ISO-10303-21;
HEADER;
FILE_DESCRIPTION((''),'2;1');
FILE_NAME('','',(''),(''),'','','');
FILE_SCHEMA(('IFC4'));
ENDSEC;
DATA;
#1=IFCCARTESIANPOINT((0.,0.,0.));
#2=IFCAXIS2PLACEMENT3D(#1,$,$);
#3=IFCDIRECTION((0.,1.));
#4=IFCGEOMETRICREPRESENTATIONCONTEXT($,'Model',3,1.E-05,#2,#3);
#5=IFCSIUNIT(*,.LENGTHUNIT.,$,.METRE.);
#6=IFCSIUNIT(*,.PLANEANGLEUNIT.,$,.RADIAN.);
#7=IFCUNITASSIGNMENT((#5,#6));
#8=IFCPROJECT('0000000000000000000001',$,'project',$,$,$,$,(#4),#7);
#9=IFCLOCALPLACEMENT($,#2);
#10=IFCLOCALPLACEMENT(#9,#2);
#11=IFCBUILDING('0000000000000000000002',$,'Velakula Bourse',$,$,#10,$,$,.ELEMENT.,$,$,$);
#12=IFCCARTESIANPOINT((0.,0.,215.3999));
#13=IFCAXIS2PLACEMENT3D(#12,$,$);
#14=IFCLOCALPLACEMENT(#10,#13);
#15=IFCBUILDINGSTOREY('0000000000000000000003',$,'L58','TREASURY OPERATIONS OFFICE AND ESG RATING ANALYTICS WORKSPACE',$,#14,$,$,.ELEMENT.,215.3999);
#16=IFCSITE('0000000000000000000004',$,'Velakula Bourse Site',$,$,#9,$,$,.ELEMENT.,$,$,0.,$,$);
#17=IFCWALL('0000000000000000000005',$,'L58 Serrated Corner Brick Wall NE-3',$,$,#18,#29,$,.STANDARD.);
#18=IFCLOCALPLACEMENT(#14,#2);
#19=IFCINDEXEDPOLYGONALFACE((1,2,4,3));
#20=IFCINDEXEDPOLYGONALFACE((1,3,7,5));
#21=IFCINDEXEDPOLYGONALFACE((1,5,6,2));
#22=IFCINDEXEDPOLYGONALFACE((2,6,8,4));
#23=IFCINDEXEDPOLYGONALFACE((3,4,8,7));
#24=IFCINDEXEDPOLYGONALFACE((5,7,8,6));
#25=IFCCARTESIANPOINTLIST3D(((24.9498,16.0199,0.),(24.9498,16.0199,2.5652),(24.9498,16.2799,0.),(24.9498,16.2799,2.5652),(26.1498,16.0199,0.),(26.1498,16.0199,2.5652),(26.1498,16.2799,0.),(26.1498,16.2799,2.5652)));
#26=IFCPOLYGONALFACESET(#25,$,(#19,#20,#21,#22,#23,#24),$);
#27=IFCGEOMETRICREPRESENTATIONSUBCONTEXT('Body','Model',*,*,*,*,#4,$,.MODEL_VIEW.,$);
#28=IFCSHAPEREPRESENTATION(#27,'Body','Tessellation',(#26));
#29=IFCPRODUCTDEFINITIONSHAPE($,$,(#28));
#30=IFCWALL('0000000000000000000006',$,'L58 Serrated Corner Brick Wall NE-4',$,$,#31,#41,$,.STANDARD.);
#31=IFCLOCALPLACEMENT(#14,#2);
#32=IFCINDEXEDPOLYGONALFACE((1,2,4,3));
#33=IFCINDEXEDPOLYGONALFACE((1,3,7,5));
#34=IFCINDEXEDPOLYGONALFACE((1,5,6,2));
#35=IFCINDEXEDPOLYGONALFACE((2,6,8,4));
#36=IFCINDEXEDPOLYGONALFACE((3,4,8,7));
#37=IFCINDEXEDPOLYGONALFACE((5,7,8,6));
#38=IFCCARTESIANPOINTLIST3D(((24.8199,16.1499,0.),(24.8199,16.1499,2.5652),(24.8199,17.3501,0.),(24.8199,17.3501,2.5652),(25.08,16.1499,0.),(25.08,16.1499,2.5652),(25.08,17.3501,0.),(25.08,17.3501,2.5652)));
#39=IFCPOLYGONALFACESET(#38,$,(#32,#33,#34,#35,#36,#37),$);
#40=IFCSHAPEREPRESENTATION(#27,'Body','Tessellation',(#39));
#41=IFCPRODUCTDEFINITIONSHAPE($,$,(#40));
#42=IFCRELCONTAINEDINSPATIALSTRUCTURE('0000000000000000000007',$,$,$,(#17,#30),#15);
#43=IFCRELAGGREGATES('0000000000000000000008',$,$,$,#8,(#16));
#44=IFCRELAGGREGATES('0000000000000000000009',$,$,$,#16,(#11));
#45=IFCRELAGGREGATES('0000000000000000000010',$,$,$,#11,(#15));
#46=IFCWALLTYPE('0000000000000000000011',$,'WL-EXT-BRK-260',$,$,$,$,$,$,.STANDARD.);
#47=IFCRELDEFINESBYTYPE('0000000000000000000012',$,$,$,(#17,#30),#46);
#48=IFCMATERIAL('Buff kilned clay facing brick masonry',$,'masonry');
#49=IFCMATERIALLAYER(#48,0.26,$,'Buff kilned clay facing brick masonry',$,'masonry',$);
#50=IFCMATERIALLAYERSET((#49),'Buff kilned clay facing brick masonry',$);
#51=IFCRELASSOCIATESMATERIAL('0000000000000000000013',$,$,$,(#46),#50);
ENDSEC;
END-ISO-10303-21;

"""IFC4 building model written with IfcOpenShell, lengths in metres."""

from ifc_helpers import new_model, si_unit, direction, frame, frame_2d, origin, place, context, subcontext, project, spatial, rectangle, extrude, material, layer, layer_set, type_object, element, save


model = new_model("IFC4")

# Units and contexts
model_context = context("Model", 3, precision=1e-05, world=origin(), true_north=direction((0.0, 1.0)))
body_context = subcontext(model_context, "Body", "Model", "MODEL_VIEW")
ifc_project = project(units=[si_unit("LENGTHUNIT", "METRE"), si_unit("PLANEANGLEUNIT", "RADIAN")], contexts=[model_context])

# Site, building, storey
site_placement = place(None, origin())
site = spatial("IfcSite", under=ifc_project, at=site_placement, Name="Velakula Bourse Site", CompositionType="ELEMENT", RefElevation=0.0)
building_placement = place(site_placement, origin())
building = spatial("IfcBuilding", under=site, at=building_placement, Name="Velakula Bourse", CompositionType="ELEMENT")
storey_placement = place(building_placement, frame((0.0, 0.0, 215.3999)))
storey = spatial("IfcBuildingStorey", under=building, at=storey_placement, Name="L58", Description="TREASURY OPERATIONS OFFICE AND ESG RATING ANALYTICS WORKSPACE", CompositionType="ELEMENT", Elevation=215.3999)

# Shared definitions
ifc_material_1 = material(Name="Buff kilned clay facing brick masonry", Category="masonry")
ifc_layer = layer(ifc_material_1, 0.26, Name="Buff kilned clay facing brick masonry", Category="masonry")
ifc_layer_set = layer_set([ifc_layer], Name="Buff kilned clay facing brick masonry")
wall_type = type_object("IfcWallType", Name="WL-EXT-BRK-260", PredefinedType="STANDARD", material=ifc_layer_set)

# Walls
for number, where, z_axis, x_axis, name in (
    (1, (26.1499, 16.1499, 0.0), (0.0, 0.0, 1.0), (-1.0, 0.0, 0.0), "L58 Serrated Corner Brick Wall NE-3"),
):
    element("IfcWall", number, at=place(storey_placement, frame(where, z_axis=z_axis, x_axis=x_axis)), inside=storey, type_object=wall_type, Name=name, PredefinedType="STANDARD", context=body_context, shape_type="SweptSolid", body=[
        extrude(rectangle(XDim=1.2, YDim=0.26, at=frame_2d((0.6001, 0.0))), origin(), (0.0, 0.0, 1.0), 2.5652),
    ])
wall_1_placement = place(storey_placement, frame((24.95, 16.1499, 0.0), z_axis=(0.0, 0.0, 1.0), x_axis=(0.0, 1.0, 0.0)))
element("IfcWall", 2, at=wall_1_placement, inside=storey, type_object=wall_type, Name="L58 Serrated Corner Brick Wall NE-4", PredefinedType="STANDARD", context=body_context, shape_type="SweptSolid", body=[
    extrude(rectangle(XDim=1.2002, YDim=0.26, at=frame_2d((0.6001, 0.0))), origin(), (0.0, 0.0, 1.0), 2.5652),
])

save(model, "model.ifc")
